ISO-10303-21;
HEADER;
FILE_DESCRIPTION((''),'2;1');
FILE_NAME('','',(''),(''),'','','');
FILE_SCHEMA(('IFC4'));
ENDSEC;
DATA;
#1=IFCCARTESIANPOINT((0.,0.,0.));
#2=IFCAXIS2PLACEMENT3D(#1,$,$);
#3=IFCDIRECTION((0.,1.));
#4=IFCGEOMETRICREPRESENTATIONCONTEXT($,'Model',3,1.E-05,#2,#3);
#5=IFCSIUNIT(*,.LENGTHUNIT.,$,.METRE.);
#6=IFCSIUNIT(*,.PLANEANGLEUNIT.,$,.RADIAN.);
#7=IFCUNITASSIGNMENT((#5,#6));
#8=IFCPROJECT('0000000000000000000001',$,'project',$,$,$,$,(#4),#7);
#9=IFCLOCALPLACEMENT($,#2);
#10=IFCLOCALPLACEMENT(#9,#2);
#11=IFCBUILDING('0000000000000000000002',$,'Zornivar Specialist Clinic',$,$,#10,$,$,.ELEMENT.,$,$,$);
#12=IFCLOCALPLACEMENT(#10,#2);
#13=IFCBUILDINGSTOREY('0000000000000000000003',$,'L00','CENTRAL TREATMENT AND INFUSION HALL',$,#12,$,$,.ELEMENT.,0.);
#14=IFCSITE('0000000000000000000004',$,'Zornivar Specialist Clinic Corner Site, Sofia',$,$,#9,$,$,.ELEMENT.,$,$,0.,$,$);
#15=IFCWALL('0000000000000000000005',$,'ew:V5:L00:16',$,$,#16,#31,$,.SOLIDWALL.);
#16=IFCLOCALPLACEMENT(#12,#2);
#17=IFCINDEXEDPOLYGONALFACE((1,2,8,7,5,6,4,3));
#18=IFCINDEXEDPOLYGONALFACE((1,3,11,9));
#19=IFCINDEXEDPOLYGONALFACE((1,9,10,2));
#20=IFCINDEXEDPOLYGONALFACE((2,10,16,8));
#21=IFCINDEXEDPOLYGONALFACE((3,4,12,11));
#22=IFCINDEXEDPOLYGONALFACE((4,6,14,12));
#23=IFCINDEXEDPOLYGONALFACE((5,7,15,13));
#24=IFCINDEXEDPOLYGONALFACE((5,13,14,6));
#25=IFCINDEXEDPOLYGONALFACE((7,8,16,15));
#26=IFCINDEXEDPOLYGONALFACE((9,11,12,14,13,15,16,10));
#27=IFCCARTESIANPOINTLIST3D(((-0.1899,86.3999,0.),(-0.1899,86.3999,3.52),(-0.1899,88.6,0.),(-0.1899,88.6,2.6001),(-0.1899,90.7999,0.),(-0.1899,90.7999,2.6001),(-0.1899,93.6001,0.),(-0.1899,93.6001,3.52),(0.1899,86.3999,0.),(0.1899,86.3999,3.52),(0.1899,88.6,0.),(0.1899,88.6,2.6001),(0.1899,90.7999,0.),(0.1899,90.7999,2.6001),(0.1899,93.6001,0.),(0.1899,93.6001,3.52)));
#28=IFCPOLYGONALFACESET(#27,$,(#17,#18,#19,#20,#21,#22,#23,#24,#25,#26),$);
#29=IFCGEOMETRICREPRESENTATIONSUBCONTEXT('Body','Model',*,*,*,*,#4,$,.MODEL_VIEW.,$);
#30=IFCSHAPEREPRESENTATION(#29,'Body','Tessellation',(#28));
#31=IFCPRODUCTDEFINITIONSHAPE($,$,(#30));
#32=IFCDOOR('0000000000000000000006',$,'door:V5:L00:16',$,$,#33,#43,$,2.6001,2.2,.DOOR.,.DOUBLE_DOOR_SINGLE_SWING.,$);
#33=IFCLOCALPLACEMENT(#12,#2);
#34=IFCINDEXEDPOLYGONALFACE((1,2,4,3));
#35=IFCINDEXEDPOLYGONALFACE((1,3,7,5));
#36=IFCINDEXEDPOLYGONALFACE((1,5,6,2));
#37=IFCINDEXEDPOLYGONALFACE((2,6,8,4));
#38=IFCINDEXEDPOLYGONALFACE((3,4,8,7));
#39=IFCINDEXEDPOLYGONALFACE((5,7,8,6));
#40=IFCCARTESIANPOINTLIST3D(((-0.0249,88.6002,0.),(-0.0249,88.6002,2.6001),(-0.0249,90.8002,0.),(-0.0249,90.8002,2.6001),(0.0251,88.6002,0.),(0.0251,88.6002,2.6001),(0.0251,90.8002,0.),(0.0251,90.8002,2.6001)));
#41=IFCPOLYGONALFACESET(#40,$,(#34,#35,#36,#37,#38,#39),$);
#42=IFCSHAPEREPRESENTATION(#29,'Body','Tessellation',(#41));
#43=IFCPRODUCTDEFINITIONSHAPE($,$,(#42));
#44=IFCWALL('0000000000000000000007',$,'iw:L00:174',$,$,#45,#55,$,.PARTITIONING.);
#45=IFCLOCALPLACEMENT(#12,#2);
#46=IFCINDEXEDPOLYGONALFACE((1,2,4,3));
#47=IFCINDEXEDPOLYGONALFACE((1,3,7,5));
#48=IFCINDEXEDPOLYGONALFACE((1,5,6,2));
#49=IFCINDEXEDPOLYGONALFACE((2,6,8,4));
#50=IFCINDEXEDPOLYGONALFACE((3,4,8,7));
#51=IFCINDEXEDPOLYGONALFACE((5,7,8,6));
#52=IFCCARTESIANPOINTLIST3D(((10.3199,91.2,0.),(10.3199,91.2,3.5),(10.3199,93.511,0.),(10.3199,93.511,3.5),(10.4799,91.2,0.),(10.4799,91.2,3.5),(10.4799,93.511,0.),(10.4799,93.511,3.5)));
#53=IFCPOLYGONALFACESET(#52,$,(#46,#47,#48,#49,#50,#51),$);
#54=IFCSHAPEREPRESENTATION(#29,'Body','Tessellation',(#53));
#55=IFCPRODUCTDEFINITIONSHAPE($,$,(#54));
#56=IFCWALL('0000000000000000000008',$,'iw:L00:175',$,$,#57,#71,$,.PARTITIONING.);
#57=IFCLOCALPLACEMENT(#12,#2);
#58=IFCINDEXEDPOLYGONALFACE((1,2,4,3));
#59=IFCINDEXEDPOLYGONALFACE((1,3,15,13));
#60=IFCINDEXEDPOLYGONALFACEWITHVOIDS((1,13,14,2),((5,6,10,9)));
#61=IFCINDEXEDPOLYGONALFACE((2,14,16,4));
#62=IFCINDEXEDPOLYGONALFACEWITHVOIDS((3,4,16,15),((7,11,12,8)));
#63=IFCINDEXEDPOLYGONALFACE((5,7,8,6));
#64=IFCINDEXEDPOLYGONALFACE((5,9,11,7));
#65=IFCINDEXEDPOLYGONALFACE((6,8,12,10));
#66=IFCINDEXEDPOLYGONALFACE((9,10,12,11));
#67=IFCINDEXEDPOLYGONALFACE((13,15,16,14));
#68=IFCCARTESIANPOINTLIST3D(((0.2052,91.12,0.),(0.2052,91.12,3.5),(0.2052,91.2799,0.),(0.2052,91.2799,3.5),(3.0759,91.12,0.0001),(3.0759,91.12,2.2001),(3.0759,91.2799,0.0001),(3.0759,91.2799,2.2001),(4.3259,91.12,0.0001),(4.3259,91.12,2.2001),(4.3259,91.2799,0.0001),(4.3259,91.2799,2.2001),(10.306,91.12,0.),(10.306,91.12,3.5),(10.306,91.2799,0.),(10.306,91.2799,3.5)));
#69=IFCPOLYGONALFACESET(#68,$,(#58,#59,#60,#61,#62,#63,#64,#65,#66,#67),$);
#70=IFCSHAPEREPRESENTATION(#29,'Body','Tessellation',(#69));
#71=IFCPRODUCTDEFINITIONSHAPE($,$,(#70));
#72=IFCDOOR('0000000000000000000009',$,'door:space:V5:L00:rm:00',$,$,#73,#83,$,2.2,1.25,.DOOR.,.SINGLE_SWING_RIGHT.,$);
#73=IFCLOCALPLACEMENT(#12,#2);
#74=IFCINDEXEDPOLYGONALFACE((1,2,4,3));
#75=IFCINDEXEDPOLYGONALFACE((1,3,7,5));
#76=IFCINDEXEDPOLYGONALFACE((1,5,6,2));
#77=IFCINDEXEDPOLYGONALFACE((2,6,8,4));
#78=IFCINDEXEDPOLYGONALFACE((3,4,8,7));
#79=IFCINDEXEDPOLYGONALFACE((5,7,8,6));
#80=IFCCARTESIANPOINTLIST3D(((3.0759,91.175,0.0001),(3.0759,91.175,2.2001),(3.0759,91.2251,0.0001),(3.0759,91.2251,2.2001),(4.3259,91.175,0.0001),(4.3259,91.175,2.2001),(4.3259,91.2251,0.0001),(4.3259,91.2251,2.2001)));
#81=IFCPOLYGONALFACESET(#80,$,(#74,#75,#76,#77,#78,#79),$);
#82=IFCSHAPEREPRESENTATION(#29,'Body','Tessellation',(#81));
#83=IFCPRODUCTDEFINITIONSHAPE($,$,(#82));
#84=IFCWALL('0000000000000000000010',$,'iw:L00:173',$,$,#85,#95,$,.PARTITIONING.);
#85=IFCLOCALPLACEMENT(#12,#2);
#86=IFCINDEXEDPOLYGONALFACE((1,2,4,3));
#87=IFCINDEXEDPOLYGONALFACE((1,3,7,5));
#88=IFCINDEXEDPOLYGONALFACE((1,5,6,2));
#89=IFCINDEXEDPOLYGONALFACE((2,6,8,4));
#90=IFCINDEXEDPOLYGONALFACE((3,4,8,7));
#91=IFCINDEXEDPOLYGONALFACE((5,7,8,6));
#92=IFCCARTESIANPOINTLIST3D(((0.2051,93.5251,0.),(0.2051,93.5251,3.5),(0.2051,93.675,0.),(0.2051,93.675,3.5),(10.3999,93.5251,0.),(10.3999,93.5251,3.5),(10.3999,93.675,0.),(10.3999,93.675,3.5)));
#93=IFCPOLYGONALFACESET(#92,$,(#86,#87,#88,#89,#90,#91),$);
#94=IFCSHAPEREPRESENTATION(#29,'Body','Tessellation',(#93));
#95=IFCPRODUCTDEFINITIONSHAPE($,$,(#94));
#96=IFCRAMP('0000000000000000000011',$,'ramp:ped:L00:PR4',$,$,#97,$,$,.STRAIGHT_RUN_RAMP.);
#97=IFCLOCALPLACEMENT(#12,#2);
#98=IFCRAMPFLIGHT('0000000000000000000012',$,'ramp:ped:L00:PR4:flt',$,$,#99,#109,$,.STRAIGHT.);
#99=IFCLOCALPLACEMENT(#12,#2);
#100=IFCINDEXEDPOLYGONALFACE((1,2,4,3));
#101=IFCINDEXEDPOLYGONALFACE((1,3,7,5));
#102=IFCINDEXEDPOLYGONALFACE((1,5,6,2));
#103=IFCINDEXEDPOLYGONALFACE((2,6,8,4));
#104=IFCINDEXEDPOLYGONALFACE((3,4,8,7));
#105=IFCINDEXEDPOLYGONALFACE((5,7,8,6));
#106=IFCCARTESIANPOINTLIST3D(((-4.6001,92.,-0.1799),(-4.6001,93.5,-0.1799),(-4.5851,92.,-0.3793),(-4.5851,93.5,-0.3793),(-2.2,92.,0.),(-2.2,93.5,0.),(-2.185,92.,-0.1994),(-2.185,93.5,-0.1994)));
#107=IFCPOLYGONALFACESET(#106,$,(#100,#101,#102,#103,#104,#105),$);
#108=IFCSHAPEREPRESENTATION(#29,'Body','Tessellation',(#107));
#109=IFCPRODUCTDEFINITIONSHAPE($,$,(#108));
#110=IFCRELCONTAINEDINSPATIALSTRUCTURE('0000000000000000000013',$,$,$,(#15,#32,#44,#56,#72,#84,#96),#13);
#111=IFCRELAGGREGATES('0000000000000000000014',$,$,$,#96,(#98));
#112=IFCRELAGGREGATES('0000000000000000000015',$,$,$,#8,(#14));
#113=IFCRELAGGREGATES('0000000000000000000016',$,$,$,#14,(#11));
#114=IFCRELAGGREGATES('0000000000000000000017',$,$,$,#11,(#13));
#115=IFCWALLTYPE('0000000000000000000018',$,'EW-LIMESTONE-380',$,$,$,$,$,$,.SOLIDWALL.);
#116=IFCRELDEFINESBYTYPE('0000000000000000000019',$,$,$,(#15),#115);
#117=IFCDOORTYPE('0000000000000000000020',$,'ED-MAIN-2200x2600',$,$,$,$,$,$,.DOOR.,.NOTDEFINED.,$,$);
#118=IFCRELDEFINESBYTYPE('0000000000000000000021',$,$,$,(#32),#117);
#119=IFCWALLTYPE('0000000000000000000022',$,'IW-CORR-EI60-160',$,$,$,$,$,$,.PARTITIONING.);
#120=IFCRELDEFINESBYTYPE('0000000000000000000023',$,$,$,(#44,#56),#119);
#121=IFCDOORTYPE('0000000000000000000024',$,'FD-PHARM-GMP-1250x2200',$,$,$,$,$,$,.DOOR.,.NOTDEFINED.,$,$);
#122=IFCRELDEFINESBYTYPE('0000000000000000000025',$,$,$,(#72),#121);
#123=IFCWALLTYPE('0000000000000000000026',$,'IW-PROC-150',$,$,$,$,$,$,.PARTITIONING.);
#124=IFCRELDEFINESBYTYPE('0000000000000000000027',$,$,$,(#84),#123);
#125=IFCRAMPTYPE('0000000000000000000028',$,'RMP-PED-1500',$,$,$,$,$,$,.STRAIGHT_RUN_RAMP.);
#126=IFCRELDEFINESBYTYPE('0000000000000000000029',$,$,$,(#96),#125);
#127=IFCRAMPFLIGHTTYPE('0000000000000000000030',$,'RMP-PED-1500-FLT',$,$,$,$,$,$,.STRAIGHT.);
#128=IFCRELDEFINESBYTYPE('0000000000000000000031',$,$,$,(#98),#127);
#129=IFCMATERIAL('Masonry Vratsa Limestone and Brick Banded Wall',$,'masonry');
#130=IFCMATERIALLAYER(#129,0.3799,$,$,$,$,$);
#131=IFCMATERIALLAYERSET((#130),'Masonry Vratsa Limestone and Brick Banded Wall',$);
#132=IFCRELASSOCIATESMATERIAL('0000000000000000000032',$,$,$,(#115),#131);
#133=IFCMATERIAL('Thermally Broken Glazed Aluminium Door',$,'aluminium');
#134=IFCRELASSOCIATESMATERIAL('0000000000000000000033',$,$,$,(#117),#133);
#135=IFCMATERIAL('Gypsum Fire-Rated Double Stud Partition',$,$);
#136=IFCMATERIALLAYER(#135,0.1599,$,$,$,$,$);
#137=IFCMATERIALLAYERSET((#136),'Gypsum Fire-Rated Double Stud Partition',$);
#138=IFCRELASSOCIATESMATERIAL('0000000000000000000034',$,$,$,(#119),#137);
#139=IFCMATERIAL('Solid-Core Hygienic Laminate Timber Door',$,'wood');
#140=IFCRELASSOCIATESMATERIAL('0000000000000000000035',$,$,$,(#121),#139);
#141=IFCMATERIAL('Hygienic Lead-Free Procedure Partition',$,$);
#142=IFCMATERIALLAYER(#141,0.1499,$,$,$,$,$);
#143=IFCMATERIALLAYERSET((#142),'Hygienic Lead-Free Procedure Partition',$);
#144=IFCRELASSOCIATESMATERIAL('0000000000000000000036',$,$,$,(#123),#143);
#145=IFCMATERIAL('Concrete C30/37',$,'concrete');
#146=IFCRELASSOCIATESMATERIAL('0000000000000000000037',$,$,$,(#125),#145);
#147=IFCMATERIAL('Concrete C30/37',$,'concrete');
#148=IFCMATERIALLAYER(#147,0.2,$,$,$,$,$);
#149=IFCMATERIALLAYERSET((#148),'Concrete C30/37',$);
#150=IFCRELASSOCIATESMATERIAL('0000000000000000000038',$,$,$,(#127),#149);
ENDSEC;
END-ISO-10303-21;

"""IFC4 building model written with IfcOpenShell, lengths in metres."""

from ifc_helpers import new_model, si_unit, direction, frame, frame_2d, origin, place, context, subcontext, project, spatial, polyline, rectangle, outline, extrude, material, layer, layer_set, type_object, element, fill, aggregate, save


model = new_model("IFC4")

# Units and contexts
model_context = context("Model", 3, precision=1e-05, world=origin(), true_north=direction((0.0, 1.0)))
body_context = subcontext(model_context, "Body", "Model", "MODEL_VIEW")
ifc_project = project(units=[si_unit("LENGTHUNIT", "METRE"), si_unit("PLANEANGLEUNIT", "RADIAN")], contexts=[model_context])

# Site, building, storey
site_placement = place(None, origin())
site = spatial("IfcSite", under=ifc_project, at=site_placement, Name="Zornivar Specialist Clinic Corner Site, Sofia", CompositionType="ELEMENT", RefElevation=0.0)
building_placement = place(site_placement, origin())
building = spatial("IfcBuilding", under=site, at=building_placement, Name="Zornivar Specialist Clinic", CompositionType="ELEMENT")
storey_placement = place(building_placement, origin())
storey = spatial("IfcBuildingStorey", under=building, at=storey_placement, Name="L00", Description="CENTRAL TREATMENT AND INFUSION HALL", CompositionType="ELEMENT", Elevation=0.0)

# Wall, opening, door
ifc_material_1 = material(Name="Masonry Vratsa Limestone and Brick Banded Wall", Category="masonry")
ifc_layer_1 = layer(ifc_material_1, 0.3799)
ifc_layer_set_1 = layer_set([ifc_layer_1], Name="Masonry Vratsa Limestone and Brick Banded Wall")
wall_type_1 = type_object("IfcWallType", Name="EW-LIMESTONE-380", PredefinedType="SOLIDWALL", material=ifc_layer_set_1)
wall_1_placement = place(storey_placement, frame((0.0, 93.6001, 0.0), z_axis=(0.0, 0.0, 1.0), x_axis=(0.0, -1.0, 0.0)))
wall_1 = element("IfcWall", 1, at=wall_1_placement, inside=storey, type_object=wall_type_1, Name="ew:V5:L00:16", PredefinedType="SOLIDWALL", context=body_context, shape_type="SweptSolid", body=[
    extrude(rectangle(XDim=7.2002, YDim=0.3799, at=frame_2d((3.6001, 0.0))), origin(), (0.0, 0.0, 1.0), 3.52),
])
opening_1_placement = place(wall_1_placement, frame((2.8, 0.0, 0.0)))
opening_1 = element("IfcOpeningElement", 2, at=opening_1_placement, cuts=wall_1, PredefinedType="OPENING", context=body_context, shape_type="SweptSolid", body=[
    extrude(rectangle(XDim=2.2, YDim=2.6001, at=frame_2d((1.1001, 1.3))), frame((0.0, 0.2, 0.0), z_axis=(0.0, -1.0, 0.0), x_axis=(1.0, 0.0, 0.0)), (0.0, 0.0, 1.0), 0.3999),
])
ifc_material_2 = material(Name="Thermally Broken Glazed Aluminium Door", Category="aluminium")
door_type_1 = type_object("IfcDoorType", Name="ED-MAIN-2200x2600", OperationType="NOTDEFINED", PredefinedType="DOOR", material=ifc_material_2)
door_1_placement = place(opening_1_placement, frame((2.2, 0.0, 0.0), z_axis=(0.0, 0.0, 1.0), x_axis=(-1.0, 0.0, 0.0)))
door_1 = element("IfcDoor", 3, at=door_1_placement, inside=storey, type_object=door_type_1, Name="door:V5:L00:16", OperationType="DOUBLE_DOOR_SINGLE_SWING", OverallHeight=2.6001, OverallWidth=2.2, PredefinedType="DOOR", context=body_context, shape_type="SweptSolid", body=[
    extrude(rectangle(XDim=2.2, YDim=2.6001, at=frame_2d((1.1001, 1.3))), frame((0.0, 0.0249, 0.0), z_axis=(0.0, -1.0, 0.0), x_axis=(1.0, 0.0, 0.0)), (0.0, 0.0, 1.0), 0.05),
])
fill(opening_1, door_1)

# Wall
ifc_material_3 = material(Name="Gypsum Fire-Rated Double Stud Partition")
ifc_layer_2 = layer(ifc_material_3, 0.1599)
ifc_layer_set_2 = layer_set([ifc_layer_2], Name="Gypsum Fire-Rated Double Stud Partition")
wall_type_2 = type_object("IfcWallType", Name="IW-CORR-EI60-160", PredefinedType="PARTITIONING", material=ifc_layer_set_2)
wall_2_placement = place(storey_placement, frame((10.3999, 93.511, 0.0), z_axis=(0.0, 0.0, 1.0), x_axis=(0.0, -1.0, 0.0)))
element("IfcWall", 4, at=wall_2_placement, inside=storey, type_object=wall_type_2, Name="iw:L00:174", PredefinedType="PARTITIONING", context=body_context, shape_type="SweptSolid", body=[
    extrude(rectangle(XDim=2.311, YDim=0.1599, at=frame_2d((1.1555, 0.0))), origin(), (0.0, 0.0, 1.0), 3.5),
])

# Wall, opening, door
wall_3_placement = place(storey_placement, frame((10.3059, 91.2, 0.0), z_axis=(0.0, 0.0, 1.0), x_axis=(-1.0, 0.0, 0.0)))
wall_3 = element("IfcWall", 5, at=wall_3_placement, inside=storey, type_object=wall_type_2, Name="iw:L00:175", PredefinedType="PARTITIONING", context=body_context, shape_type="SweptSolid", body=[
    extrude(rectangle(XDim=10.1008, YDim=0.1599, at=frame_2d((5.0503, 0.0))), origin(), (0.0, 0.0, 1.0), 3.5),
])
opening_2_placement = place(wall_3_placement, frame((5.98, 0.0, 0.0)))
opening_2 = element("IfcOpeningElement", 6, at=opening_2_placement, cuts=wall_3, PredefinedType="OPENING", context=body_context, shape_type="SweptSolid", body=[
    extrude(rectangle(XDim=1.25, YDim=2.2, at=frame_2d((0.625, 1.1001))), frame((0.0, 0.0898, 0.0), z_axis=(0.0, -1.0, 0.0), x_axis=(1.0, 0.0, 0.0)), (0.0, 0.0, 1.0), 0.1799),
])
ifc_material_4 = material(Name="Solid-Core Hygienic Laminate Timber Door", Category="wood")
door_type_2 = type_object("IfcDoorType", Name="FD-PHARM-GMP-1250x2200", OperationType="NOTDEFINED", PredefinedType="DOOR", material=ifc_material_4)
door_2_placement = place(opening_2_placement, origin())
door_2 = element("IfcDoor", 7, at=door_2_placement, inside=storey, type_object=door_type_2, Name="door:space:V5:L00:rm:00", OperationType="SINGLE_SWING_RIGHT", OverallHeight=2.2, OverallWidth=1.25, PredefinedType="DOOR", context=body_context, shape_type="SweptSolid", body=[
    extrude(rectangle(XDim=1.25, YDim=2.2, at=frame_2d((0.625, 1.1001))), frame((0.0, 0.0249, 0.0), z_axis=(0.0, -1.0, 0.0), x_axis=(1.0, 0.0, 0.0)), (0.0, 0.0, 1.0), 0.05),
])
fill(opening_2, door_2)

# Wall
ifc_material_5 = material(Name="Hygienic Lead-Free Procedure Partition")
ifc_layer_3 = layer(ifc_material_5, 0.1499)
ifc_layer_set_3 = layer_set([ifc_layer_3], Name="Hygienic Lead-Free Procedure Partition")
wall_type_3 = type_object("IfcWallType", Name="IW-PROC-150", PredefinedType="PARTITIONING", material=ifc_layer_set_3)
wall_4_placement = place(storey_placement, frame((0.2051, 93.6001, 0.0), z_axis=(0.0, 0.0, 1.0), x_axis=(1.0, 0.0, 0.0)))
element("IfcWall", 8, at=wall_4_placement, inside=storey, type_object=wall_type_3, Name="iw:L00:173", PredefinedType="PARTITIONING", context=body_context, shape_type="SweptSolid", body=[
    extrude(rectangle(XDim=10.1948, YDim=0.1499, at=frame_2d((5.0974, 0.0))), origin(), (0.0, 0.0, 1.0), 3.5),
])

# Ramp, ramp flight
ifc_material_6 = material(Name="Concrete C30/37", Category="concrete")
ramp_type = type_object("IfcRampType", Name="RMP-PED-1500", PredefinedType="STRAIGHT_RUN_RAMP", material=ifc_material_6)
ramp_placement = place(storey_placement, origin())
ramp = element("IfcRamp", 9, at=ramp_placement, inside=storey, type_object=ramp_type, Name="ramp:ped:L00:PR4", PredefinedType="STRAIGHT_RUN_RAMP")
ifc_material_7 = material(Name="Concrete C30/37", Category="concrete")
ifc_layer_4 = layer(ifc_material_7, 0.2)
ifc_layer_set_4 = layer_set([ifc_layer_4], Name="Concrete C30/37")
ramp_flight_type = type_object("IfcRampFlightType", Name="RMP-PED-1500-FLT", PredefinedType="STRAIGHT", material=ifc_layer_set_4)
ramp_flight_placement = place(storey_placement, frame((-4.6001, 92.0, -0.1799), z_axis=(-0.074757, 0.0, 0.997202), x_axis=(0.0, 1.0, 0.0)))
ramp_flight = element("IfcRampFlight", 10, at=ramp_flight_placement, type_object=ramp_flight_type, Name="ramp:ped:L00:PR4:flt", PredefinedType="STRAIGHT", context=body_context, shape_type="SweptSolid", body=[
    extrude(outline(polyline([(0.0, 0.0), (1.5, 0.0), (1.5, -2.4069), (0.0, -2.4069), (0.0, 0.0)])), origin(), (0.0, 0.0, -1.0), 0.2),
])
aggregate(ramp, [ramp_flight])

save(model, "model.ifc")
